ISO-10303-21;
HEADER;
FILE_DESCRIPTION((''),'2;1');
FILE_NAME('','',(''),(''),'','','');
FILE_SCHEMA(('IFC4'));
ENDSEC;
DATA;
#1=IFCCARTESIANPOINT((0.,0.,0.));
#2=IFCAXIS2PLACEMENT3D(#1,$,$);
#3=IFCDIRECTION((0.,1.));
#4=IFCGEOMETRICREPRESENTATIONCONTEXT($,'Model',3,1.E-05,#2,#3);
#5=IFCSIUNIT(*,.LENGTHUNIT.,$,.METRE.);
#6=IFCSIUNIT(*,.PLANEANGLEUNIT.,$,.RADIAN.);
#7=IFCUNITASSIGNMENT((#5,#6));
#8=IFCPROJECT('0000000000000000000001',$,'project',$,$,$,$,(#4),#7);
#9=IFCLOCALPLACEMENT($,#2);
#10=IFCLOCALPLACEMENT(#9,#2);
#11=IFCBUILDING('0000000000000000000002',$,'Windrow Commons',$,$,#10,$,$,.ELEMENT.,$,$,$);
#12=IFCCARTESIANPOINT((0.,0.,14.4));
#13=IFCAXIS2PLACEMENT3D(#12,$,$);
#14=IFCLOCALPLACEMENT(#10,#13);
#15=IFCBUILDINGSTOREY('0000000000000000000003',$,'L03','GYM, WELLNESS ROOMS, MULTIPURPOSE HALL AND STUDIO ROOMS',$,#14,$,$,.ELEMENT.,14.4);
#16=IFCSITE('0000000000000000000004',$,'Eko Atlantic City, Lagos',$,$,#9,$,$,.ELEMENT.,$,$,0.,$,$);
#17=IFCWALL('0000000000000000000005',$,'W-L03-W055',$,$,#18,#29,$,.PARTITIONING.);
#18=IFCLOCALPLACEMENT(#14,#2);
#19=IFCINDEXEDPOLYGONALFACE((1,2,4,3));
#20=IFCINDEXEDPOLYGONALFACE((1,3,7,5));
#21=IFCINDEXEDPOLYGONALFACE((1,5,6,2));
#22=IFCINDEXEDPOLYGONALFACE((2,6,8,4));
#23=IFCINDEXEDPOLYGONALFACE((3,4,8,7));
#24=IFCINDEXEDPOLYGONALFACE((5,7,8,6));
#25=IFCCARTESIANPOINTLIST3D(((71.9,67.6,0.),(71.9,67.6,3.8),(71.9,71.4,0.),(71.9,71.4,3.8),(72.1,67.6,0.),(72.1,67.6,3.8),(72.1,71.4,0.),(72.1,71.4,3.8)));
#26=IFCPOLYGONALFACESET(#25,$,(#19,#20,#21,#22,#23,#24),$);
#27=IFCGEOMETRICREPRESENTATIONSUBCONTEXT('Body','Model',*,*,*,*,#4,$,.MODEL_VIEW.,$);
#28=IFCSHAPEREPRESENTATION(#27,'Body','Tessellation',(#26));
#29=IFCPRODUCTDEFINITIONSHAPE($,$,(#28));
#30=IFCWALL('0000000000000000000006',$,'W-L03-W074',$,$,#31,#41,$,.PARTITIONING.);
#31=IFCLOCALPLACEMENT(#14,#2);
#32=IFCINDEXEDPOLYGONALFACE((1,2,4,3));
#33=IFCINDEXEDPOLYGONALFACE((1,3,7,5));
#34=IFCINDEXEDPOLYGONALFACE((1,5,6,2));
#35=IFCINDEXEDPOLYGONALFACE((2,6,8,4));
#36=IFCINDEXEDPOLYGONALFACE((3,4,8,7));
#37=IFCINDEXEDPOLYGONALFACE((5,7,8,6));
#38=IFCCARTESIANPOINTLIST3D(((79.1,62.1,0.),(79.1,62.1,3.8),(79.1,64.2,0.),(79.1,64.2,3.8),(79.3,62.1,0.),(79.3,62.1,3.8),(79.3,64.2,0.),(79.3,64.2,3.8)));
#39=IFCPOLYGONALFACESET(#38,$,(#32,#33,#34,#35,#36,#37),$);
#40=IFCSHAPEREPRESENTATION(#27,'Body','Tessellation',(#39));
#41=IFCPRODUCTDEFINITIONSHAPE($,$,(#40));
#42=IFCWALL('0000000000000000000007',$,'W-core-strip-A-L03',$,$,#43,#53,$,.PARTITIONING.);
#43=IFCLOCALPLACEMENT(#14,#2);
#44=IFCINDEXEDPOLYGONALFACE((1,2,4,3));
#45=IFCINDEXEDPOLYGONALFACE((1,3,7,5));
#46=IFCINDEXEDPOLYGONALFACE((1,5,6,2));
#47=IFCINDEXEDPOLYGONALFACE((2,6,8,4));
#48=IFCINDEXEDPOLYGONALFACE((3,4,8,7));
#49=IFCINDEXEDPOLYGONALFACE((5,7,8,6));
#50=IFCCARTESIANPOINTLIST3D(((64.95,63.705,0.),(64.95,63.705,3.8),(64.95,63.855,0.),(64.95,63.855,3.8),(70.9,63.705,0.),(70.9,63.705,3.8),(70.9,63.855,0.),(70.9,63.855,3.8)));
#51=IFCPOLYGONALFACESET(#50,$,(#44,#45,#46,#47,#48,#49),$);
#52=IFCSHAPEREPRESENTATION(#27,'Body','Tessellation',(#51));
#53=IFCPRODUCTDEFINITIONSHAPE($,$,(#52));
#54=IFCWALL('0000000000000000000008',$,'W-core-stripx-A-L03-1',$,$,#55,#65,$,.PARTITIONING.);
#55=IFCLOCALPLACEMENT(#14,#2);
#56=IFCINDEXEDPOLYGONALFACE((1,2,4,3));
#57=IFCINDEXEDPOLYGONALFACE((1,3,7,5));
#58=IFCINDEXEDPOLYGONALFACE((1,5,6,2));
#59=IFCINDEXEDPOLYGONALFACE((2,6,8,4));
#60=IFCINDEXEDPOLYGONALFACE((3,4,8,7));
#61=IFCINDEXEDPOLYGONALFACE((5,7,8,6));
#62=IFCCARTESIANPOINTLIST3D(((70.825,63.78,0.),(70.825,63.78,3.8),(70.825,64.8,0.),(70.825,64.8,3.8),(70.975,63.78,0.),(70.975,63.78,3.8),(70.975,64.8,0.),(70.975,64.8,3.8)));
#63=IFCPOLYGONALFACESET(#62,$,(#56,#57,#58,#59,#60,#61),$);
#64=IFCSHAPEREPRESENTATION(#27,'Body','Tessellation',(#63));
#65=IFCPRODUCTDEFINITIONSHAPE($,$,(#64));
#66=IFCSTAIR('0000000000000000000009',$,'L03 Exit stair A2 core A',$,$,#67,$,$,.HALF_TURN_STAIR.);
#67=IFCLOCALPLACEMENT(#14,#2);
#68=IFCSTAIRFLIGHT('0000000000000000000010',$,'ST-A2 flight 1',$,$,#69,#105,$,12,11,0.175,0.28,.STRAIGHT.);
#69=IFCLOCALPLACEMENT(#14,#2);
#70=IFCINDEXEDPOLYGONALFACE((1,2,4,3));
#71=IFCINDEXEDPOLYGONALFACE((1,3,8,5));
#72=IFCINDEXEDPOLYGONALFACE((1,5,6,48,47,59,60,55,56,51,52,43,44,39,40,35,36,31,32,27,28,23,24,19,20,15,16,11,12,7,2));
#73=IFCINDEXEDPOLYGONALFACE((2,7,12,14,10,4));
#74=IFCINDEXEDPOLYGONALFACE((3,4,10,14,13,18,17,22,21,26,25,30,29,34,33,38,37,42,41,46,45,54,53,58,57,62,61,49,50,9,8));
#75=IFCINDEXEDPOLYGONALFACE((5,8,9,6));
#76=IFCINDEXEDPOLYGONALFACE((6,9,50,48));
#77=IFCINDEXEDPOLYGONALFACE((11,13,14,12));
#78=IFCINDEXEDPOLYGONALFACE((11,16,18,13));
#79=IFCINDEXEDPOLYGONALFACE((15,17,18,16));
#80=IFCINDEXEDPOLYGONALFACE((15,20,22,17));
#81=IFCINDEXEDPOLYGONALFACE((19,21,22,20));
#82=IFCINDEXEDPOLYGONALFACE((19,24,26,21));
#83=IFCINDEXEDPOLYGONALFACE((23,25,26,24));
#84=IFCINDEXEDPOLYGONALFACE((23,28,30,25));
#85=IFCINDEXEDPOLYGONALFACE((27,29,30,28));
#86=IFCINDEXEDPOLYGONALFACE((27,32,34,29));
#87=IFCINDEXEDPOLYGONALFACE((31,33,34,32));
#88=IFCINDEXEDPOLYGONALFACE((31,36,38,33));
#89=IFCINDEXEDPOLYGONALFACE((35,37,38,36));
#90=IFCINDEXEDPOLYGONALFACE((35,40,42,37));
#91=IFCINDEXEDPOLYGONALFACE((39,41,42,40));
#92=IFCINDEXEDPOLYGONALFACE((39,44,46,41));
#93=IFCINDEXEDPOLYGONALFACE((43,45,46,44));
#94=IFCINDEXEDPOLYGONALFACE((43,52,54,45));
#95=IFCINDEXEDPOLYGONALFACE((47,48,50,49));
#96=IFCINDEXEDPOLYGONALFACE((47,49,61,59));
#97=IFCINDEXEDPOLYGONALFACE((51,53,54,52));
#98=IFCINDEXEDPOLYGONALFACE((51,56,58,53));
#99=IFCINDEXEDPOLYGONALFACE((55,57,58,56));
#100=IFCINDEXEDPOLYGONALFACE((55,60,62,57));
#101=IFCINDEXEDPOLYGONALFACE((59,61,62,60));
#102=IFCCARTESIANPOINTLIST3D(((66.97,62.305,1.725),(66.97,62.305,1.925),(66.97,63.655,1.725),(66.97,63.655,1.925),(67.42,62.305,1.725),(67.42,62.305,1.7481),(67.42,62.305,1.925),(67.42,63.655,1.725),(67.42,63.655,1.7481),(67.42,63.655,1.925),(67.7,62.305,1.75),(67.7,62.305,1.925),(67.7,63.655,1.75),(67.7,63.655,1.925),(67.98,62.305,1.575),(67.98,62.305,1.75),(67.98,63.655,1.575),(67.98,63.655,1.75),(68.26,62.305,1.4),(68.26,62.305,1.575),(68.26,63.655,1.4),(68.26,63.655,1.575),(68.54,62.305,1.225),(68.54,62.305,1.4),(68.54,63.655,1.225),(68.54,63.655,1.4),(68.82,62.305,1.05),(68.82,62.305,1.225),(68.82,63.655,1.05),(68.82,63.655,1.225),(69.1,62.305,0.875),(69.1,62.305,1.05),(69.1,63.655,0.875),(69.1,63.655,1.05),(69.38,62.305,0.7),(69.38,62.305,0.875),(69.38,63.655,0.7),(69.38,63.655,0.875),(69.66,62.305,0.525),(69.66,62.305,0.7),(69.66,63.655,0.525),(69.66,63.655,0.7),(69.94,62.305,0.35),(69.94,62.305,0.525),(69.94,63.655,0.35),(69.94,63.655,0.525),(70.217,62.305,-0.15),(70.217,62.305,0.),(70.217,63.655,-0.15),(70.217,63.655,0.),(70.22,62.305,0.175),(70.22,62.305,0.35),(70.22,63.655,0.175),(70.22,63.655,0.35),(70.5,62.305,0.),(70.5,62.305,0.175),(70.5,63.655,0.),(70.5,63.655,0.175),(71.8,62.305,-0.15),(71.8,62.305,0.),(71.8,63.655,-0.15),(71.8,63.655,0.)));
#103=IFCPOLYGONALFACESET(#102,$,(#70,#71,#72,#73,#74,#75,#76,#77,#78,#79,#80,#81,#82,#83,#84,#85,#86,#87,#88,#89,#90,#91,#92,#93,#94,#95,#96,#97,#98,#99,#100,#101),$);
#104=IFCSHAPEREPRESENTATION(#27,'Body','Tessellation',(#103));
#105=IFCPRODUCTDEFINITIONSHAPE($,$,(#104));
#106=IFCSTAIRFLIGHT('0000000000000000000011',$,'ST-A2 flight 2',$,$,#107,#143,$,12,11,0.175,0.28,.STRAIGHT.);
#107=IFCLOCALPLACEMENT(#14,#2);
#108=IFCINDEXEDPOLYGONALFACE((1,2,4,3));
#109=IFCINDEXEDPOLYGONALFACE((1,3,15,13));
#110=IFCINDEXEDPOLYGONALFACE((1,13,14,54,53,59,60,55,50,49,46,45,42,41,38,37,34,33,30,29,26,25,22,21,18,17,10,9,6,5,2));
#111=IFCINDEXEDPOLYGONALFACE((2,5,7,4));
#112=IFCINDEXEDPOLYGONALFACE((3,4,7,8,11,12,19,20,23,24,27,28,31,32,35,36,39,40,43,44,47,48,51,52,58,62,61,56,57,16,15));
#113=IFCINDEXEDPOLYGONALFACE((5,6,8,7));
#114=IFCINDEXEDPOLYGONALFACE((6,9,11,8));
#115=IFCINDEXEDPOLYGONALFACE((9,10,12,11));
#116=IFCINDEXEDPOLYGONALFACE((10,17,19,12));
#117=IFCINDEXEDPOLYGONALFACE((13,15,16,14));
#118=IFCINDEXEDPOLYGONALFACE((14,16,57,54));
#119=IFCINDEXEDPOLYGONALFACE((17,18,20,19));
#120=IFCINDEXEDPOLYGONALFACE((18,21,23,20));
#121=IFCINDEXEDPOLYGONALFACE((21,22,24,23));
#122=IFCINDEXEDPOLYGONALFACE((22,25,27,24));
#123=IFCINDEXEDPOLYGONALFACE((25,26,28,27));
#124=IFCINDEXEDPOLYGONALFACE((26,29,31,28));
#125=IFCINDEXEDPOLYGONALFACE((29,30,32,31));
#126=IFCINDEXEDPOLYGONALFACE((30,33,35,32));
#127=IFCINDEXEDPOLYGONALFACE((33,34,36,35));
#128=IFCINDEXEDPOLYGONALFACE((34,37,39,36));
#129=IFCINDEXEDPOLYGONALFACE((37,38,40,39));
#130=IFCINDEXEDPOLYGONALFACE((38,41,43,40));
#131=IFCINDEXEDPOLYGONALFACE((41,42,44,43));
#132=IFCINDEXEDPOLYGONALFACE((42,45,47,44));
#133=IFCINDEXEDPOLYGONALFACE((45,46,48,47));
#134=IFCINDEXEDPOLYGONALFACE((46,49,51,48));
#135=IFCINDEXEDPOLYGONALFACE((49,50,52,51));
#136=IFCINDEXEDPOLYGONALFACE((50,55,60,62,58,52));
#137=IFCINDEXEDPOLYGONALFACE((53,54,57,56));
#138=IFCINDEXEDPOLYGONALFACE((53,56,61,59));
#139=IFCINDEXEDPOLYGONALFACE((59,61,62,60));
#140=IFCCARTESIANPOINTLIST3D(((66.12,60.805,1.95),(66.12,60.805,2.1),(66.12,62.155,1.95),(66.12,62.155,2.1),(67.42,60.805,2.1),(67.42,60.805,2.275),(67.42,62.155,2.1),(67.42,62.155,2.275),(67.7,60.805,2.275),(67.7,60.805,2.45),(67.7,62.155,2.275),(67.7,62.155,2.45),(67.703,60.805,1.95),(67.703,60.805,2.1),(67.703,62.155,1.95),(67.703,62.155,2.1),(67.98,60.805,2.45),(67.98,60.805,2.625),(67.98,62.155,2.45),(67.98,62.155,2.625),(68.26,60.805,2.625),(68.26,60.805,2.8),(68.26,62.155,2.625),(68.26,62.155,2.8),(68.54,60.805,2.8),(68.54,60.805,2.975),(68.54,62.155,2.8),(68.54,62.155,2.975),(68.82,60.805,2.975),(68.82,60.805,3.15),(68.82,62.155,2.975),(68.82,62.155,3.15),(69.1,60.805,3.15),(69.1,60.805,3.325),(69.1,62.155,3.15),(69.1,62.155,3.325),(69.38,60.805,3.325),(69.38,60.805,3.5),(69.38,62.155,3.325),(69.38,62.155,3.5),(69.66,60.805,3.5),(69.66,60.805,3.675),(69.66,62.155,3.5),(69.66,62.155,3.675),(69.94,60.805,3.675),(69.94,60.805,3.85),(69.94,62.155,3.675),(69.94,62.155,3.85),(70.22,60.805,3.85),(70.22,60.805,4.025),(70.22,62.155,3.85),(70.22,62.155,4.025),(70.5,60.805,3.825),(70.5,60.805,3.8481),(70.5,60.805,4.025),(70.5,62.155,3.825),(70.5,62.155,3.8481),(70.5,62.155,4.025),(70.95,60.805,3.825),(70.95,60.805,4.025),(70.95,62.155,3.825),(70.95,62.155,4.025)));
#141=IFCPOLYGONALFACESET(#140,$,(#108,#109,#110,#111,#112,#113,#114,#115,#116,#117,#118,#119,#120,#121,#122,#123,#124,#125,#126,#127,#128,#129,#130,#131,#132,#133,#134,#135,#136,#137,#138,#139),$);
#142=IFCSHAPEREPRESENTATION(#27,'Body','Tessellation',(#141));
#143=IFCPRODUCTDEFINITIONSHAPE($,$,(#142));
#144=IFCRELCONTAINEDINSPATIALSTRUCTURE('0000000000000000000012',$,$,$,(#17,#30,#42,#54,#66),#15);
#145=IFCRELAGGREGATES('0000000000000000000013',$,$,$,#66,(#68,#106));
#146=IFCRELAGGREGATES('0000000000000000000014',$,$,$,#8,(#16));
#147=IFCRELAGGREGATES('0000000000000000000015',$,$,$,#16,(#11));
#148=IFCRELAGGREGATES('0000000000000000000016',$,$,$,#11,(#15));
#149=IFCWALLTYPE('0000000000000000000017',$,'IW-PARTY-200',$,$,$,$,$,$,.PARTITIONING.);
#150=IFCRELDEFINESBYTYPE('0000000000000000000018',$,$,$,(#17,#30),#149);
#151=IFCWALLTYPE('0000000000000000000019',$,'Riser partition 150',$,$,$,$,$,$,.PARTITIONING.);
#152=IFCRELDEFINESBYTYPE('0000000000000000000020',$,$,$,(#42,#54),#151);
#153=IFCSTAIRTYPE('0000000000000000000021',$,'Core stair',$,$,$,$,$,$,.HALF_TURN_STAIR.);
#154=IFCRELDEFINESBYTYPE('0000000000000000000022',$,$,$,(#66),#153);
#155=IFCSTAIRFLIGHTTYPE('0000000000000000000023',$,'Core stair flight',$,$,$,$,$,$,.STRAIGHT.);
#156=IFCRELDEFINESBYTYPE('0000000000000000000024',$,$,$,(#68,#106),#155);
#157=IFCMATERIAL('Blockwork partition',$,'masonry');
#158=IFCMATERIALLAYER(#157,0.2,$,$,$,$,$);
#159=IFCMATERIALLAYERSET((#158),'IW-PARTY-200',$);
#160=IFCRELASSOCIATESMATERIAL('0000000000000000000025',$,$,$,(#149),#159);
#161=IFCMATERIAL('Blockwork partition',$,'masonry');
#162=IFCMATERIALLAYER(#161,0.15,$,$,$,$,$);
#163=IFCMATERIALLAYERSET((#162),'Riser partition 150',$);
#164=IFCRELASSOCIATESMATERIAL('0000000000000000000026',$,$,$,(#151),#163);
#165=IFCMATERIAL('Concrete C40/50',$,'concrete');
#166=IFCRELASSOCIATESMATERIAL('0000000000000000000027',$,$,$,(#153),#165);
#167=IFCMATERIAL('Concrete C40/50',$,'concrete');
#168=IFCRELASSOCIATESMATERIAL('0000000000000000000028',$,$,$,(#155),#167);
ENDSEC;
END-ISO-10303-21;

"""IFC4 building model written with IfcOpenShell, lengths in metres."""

from ifc_helpers import new_model, si_unit, direction, frame, frame_2d, origin, place, context, subcontext, project, spatial, polyline, rectangle, outline, extrude, material, layer, layer_set, type_object, element, aggregate, save


model = new_model("IFC4")

# Units and contexts
model_context = context("Model", 3, precision=1e-05, world=origin(), true_north=direction((0.0, 1.0)))
body_context = subcontext(model_context, "Body", "Model", "MODEL_VIEW")
ifc_project = project(units=[si_unit("LENGTHUNIT", "METRE"), si_unit("PLANEANGLEUNIT", "RADIAN")], contexts=[model_context])

# Site, building, storey
site_placement = place(None, origin())
site = spatial("IfcSite", under=ifc_project, at=site_placement, Name="Eko Atlantic City, Lagos", CompositionType="ELEMENT", RefElevation=0.0)
building_placement = place(site_placement, origin())
building = spatial("IfcBuilding", under=site, at=building_placement, Name="Windrow Commons", CompositionType="ELEMENT")
storey_placement = place(building_placement, frame((0.0, 0.0, 14.4)))
storey = spatial("IfcBuildingStorey", under=building, at=storey_placement, Name="L03", Description="GYM, WELLNESS ROOMS, MULTIPURPOSE HALL AND STUDIO ROOMS", CompositionType="ELEMENT", Elevation=14.4)

# Walls
ifc_material_1 = material(Name="Blockwork partition", Category="masonry")
ifc_layer_1 = layer(ifc_material_1, 0.2)
ifc_layer_set_1 = layer_set([ifc_layer_1], Name="IW-PARTY-200")
wall_type_1 = type_object("IfcWallType", Name="IW-PARTY-200", PredefinedType="PARTITIONING", material=ifc_layer_set_1)
for number, where, z_axis, x_axis, name in (
    (1, (72.0, 67.6, 0.0), (0.0, 0.0, 1.0), (0.0, 1.0, 0.0), "W-L03-W055"),
):
    element("IfcWall", number, at=place(storey_placement, frame(where, z_axis=z_axis, x_axis=x_axis)), inside=storey, type_object=wall_type_1, Name=name, PredefinedType="PARTITIONING", context=body_context, shape_type="SweptSolid", body=[
        extrude(rectangle(XDim=3.8, YDim=0.2, at=frame_2d((1.9, 0.0))), origin(), (0.0, 0.0, 1.0), 3.8),
    ])
wall_1_placement = place(storey_placement, frame((79.2, 62.1, 0.0), z_axis=(0.0, 0.0, 1.0), x_axis=(0.0, 1.0, 0.0)))
element("IfcWall", 2, at=wall_1_placement, inside=storey, type_object=wall_type_1, Name="W-L03-W074", PredefinedType="PARTITIONING", context=body_context, shape_type="SweptSolid", body=[
    extrude(rectangle(XDim=2.1, YDim=0.2, at=frame_2d((1.05, 0.0))), origin(), (0.0, 0.0, 1.0), 3.8),
])
ifc_material_2 = material(Name="Blockwork partition", Category="masonry")
ifc_layer_2 = layer(ifc_material_2, 0.15)
ifc_layer_set_2 = layer_set([ifc_layer_2], Name="Riser partition 150")
wall_type_2 = type_object("IfcWallType", Name="Riser partition 150", PredefinedType="PARTITIONING", material=ifc_layer_set_2)
wall_2_placement = place(storey_placement, frame((64.95, 63.78, 0.0), z_axis=(0.0, 0.0, 1.0), x_axis=(1.0, 0.0, 0.0)))
element("IfcWall", 3, at=wall_2_placement, inside=storey, type_object=wall_type_2, Name="W-core-strip-A-L03", PredefinedType="PARTITIONING", context=body_context, shape_type="SweptSolid", body=[
    extrude(rectangle(XDim=5.95, YDim=0.15, at=frame_2d((2.975, 0.0))), origin(), (0.0, 0.0, 1.0), 3.8),
])
wall_3_placement = place(storey_placement, frame((70.9, 63.78, 0.0), z_axis=(0.0, 0.0, 1.0), x_axis=(0.0, 1.0, 0.0)))
element("IfcWall", 4, at=wall_3_placement, inside=storey, type_object=wall_type_2, Name="W-core-stripx-A-L03-1", PredefinedType="PARTITIONING", context=body_context, shape_type="SweptSolid", body=[
    extrude(rectangle(XDim=1.02, YDim=0.15, at=frame_2d((0.51, 0.0))), origin(), (0.0, 0.0, 1.0), 3.8),
])

# Stair, stair flights
ifc_material_3 = material(Name="Concrete C40/50", Category="concrete")
stair_type = type_object("IfcStairType", Name="Core stair", PredefinedType="HALF_TURN_STAIR", material=ifc_material_3)
stair_placement = place(storey_placement, origin())
stair = element("IfcStair", 5, at=stair_placement, inside=storey, type_object=stair_type, Name="L03 Exit stair A2 core A", PredefinedType="HALF_TURN_STAIR")
ifc_material_4 = material(Name="Concrete C40/50", Category="concrete")
stair_flight_type = type_object("IfcStairFlightType", Name="Core stair flight", PredefinedType="STRAIGHT", material=ifc_material_4)
stair_flight_1_placement = place(storey_placement, frame((70.5, 62.98, 0.0), z_axis=(0.0, 0.0, 1.0), x_axis=(-1.0, 0.0, 0.0)))
stair_flight_1 = element("IfcStairFlight", 6, at=stair_flight_1_placement, type_object=stair_flight_type, Name="ST-A2 flight 1", NumberOfRisers=12, NumberOfTreads=11, PredefinedType="STRAIGHT", RiserHeight=0.175, TreadLength=0.28, context=body_context, shape_type="SweptSolid", body=[
    extrude(outline(polyline([(-1.3, -0.15), (-1.3, 0.0), (0.0, 0.0), (0.0, 0.175), (0.28, 0.175), (0.28, 0.35), (0.56, 0.35), (0.56, 0.525), (0.84, 0.525), (0.84, 0.7), (1.12, 0.7), (1.12, 0.875), (1.4, 0.875), (1.4, 1.05), (1.68, 1.05), (1.68, 1.225), (1.96, 1.225), (1.96, 1.4), (2.24, 1.4), (2.24, 1.575), (2.52, 1.575), (2.52, 1.75), (2.8, 1.75), (2.8, 1.925), (3.08, 1.925), (3.53, 1.925), (3.53, 1.725), (3.08, 1.725), (3.08, 1.7481), (0.283, 0.0), (0.283, -0.15), (-1.3, -0.15)])), frame((0.0, 0.675, 0.0), z_axis=(0.0, -1.0, 0.0), x_axis=(1.0, 0.0, 0.0)), (0.0, 0.0, 1.0), 1.35),
])
stair_flight_2_placement = place(storey_placement, frame((67.42, 61.48, 2.1), z_axis=(0.0, 0.0, 1.0), x_axis=(1.0, 0.0, 0.0)))
stair_flight_2 = element("IfcStairFlight", 7, at=stair_flight_2_placement, type_object=stair_flight_type, Name="ST-A2 flight 2", NumberOfRisers=12, NumberOfTreads=11, PredefinedType="STRAIGHT", RiserHeight=0.175, TreadLength=0.28, context=body_context, shape_type="SweptSolid", body=[
    extrude(outline(polyline([(-1.3, -0.15), (-1.3, 0.0), (0.0, 0.0), (0.0, 0.175), (0.28, 0.175), (0.28, 0.35), (0.56, 0.35), (0.56, 0.525), (0.84, 0.525), (0.84, 0.7), (1.12, 0.7), (1.12, 0.875), (1.4, 0.875), (1.4, 1.05), (1.68, 1.05), (1.68, 1.225), (1.96, 1.225), (1.96, 1.4), (2.24, 1.4), (2.24, 1.575), (2.52, 1.575), (2.52, 1.75), (2.8, 1.75), (2.8, 1.925), (3.08, 1.925), (3.53, 1.925), (3.53, 1.725), (3.08, 1.725), (3.08, 1.7481), (0.283, 0.0), (0.283, -0.15), (-1.3, -0.15)])), frame((0.0, 0.675, 0.0), z_axis=(0.0, -1.0, 0.0), x_axis=(1.0, 0.0, 0.0)), (0.0, 0.0, 1.0), 1.35),
])
aggregate(stair, [stair_flight_1, stair_flight_2])

save(model, "model.ifc")
